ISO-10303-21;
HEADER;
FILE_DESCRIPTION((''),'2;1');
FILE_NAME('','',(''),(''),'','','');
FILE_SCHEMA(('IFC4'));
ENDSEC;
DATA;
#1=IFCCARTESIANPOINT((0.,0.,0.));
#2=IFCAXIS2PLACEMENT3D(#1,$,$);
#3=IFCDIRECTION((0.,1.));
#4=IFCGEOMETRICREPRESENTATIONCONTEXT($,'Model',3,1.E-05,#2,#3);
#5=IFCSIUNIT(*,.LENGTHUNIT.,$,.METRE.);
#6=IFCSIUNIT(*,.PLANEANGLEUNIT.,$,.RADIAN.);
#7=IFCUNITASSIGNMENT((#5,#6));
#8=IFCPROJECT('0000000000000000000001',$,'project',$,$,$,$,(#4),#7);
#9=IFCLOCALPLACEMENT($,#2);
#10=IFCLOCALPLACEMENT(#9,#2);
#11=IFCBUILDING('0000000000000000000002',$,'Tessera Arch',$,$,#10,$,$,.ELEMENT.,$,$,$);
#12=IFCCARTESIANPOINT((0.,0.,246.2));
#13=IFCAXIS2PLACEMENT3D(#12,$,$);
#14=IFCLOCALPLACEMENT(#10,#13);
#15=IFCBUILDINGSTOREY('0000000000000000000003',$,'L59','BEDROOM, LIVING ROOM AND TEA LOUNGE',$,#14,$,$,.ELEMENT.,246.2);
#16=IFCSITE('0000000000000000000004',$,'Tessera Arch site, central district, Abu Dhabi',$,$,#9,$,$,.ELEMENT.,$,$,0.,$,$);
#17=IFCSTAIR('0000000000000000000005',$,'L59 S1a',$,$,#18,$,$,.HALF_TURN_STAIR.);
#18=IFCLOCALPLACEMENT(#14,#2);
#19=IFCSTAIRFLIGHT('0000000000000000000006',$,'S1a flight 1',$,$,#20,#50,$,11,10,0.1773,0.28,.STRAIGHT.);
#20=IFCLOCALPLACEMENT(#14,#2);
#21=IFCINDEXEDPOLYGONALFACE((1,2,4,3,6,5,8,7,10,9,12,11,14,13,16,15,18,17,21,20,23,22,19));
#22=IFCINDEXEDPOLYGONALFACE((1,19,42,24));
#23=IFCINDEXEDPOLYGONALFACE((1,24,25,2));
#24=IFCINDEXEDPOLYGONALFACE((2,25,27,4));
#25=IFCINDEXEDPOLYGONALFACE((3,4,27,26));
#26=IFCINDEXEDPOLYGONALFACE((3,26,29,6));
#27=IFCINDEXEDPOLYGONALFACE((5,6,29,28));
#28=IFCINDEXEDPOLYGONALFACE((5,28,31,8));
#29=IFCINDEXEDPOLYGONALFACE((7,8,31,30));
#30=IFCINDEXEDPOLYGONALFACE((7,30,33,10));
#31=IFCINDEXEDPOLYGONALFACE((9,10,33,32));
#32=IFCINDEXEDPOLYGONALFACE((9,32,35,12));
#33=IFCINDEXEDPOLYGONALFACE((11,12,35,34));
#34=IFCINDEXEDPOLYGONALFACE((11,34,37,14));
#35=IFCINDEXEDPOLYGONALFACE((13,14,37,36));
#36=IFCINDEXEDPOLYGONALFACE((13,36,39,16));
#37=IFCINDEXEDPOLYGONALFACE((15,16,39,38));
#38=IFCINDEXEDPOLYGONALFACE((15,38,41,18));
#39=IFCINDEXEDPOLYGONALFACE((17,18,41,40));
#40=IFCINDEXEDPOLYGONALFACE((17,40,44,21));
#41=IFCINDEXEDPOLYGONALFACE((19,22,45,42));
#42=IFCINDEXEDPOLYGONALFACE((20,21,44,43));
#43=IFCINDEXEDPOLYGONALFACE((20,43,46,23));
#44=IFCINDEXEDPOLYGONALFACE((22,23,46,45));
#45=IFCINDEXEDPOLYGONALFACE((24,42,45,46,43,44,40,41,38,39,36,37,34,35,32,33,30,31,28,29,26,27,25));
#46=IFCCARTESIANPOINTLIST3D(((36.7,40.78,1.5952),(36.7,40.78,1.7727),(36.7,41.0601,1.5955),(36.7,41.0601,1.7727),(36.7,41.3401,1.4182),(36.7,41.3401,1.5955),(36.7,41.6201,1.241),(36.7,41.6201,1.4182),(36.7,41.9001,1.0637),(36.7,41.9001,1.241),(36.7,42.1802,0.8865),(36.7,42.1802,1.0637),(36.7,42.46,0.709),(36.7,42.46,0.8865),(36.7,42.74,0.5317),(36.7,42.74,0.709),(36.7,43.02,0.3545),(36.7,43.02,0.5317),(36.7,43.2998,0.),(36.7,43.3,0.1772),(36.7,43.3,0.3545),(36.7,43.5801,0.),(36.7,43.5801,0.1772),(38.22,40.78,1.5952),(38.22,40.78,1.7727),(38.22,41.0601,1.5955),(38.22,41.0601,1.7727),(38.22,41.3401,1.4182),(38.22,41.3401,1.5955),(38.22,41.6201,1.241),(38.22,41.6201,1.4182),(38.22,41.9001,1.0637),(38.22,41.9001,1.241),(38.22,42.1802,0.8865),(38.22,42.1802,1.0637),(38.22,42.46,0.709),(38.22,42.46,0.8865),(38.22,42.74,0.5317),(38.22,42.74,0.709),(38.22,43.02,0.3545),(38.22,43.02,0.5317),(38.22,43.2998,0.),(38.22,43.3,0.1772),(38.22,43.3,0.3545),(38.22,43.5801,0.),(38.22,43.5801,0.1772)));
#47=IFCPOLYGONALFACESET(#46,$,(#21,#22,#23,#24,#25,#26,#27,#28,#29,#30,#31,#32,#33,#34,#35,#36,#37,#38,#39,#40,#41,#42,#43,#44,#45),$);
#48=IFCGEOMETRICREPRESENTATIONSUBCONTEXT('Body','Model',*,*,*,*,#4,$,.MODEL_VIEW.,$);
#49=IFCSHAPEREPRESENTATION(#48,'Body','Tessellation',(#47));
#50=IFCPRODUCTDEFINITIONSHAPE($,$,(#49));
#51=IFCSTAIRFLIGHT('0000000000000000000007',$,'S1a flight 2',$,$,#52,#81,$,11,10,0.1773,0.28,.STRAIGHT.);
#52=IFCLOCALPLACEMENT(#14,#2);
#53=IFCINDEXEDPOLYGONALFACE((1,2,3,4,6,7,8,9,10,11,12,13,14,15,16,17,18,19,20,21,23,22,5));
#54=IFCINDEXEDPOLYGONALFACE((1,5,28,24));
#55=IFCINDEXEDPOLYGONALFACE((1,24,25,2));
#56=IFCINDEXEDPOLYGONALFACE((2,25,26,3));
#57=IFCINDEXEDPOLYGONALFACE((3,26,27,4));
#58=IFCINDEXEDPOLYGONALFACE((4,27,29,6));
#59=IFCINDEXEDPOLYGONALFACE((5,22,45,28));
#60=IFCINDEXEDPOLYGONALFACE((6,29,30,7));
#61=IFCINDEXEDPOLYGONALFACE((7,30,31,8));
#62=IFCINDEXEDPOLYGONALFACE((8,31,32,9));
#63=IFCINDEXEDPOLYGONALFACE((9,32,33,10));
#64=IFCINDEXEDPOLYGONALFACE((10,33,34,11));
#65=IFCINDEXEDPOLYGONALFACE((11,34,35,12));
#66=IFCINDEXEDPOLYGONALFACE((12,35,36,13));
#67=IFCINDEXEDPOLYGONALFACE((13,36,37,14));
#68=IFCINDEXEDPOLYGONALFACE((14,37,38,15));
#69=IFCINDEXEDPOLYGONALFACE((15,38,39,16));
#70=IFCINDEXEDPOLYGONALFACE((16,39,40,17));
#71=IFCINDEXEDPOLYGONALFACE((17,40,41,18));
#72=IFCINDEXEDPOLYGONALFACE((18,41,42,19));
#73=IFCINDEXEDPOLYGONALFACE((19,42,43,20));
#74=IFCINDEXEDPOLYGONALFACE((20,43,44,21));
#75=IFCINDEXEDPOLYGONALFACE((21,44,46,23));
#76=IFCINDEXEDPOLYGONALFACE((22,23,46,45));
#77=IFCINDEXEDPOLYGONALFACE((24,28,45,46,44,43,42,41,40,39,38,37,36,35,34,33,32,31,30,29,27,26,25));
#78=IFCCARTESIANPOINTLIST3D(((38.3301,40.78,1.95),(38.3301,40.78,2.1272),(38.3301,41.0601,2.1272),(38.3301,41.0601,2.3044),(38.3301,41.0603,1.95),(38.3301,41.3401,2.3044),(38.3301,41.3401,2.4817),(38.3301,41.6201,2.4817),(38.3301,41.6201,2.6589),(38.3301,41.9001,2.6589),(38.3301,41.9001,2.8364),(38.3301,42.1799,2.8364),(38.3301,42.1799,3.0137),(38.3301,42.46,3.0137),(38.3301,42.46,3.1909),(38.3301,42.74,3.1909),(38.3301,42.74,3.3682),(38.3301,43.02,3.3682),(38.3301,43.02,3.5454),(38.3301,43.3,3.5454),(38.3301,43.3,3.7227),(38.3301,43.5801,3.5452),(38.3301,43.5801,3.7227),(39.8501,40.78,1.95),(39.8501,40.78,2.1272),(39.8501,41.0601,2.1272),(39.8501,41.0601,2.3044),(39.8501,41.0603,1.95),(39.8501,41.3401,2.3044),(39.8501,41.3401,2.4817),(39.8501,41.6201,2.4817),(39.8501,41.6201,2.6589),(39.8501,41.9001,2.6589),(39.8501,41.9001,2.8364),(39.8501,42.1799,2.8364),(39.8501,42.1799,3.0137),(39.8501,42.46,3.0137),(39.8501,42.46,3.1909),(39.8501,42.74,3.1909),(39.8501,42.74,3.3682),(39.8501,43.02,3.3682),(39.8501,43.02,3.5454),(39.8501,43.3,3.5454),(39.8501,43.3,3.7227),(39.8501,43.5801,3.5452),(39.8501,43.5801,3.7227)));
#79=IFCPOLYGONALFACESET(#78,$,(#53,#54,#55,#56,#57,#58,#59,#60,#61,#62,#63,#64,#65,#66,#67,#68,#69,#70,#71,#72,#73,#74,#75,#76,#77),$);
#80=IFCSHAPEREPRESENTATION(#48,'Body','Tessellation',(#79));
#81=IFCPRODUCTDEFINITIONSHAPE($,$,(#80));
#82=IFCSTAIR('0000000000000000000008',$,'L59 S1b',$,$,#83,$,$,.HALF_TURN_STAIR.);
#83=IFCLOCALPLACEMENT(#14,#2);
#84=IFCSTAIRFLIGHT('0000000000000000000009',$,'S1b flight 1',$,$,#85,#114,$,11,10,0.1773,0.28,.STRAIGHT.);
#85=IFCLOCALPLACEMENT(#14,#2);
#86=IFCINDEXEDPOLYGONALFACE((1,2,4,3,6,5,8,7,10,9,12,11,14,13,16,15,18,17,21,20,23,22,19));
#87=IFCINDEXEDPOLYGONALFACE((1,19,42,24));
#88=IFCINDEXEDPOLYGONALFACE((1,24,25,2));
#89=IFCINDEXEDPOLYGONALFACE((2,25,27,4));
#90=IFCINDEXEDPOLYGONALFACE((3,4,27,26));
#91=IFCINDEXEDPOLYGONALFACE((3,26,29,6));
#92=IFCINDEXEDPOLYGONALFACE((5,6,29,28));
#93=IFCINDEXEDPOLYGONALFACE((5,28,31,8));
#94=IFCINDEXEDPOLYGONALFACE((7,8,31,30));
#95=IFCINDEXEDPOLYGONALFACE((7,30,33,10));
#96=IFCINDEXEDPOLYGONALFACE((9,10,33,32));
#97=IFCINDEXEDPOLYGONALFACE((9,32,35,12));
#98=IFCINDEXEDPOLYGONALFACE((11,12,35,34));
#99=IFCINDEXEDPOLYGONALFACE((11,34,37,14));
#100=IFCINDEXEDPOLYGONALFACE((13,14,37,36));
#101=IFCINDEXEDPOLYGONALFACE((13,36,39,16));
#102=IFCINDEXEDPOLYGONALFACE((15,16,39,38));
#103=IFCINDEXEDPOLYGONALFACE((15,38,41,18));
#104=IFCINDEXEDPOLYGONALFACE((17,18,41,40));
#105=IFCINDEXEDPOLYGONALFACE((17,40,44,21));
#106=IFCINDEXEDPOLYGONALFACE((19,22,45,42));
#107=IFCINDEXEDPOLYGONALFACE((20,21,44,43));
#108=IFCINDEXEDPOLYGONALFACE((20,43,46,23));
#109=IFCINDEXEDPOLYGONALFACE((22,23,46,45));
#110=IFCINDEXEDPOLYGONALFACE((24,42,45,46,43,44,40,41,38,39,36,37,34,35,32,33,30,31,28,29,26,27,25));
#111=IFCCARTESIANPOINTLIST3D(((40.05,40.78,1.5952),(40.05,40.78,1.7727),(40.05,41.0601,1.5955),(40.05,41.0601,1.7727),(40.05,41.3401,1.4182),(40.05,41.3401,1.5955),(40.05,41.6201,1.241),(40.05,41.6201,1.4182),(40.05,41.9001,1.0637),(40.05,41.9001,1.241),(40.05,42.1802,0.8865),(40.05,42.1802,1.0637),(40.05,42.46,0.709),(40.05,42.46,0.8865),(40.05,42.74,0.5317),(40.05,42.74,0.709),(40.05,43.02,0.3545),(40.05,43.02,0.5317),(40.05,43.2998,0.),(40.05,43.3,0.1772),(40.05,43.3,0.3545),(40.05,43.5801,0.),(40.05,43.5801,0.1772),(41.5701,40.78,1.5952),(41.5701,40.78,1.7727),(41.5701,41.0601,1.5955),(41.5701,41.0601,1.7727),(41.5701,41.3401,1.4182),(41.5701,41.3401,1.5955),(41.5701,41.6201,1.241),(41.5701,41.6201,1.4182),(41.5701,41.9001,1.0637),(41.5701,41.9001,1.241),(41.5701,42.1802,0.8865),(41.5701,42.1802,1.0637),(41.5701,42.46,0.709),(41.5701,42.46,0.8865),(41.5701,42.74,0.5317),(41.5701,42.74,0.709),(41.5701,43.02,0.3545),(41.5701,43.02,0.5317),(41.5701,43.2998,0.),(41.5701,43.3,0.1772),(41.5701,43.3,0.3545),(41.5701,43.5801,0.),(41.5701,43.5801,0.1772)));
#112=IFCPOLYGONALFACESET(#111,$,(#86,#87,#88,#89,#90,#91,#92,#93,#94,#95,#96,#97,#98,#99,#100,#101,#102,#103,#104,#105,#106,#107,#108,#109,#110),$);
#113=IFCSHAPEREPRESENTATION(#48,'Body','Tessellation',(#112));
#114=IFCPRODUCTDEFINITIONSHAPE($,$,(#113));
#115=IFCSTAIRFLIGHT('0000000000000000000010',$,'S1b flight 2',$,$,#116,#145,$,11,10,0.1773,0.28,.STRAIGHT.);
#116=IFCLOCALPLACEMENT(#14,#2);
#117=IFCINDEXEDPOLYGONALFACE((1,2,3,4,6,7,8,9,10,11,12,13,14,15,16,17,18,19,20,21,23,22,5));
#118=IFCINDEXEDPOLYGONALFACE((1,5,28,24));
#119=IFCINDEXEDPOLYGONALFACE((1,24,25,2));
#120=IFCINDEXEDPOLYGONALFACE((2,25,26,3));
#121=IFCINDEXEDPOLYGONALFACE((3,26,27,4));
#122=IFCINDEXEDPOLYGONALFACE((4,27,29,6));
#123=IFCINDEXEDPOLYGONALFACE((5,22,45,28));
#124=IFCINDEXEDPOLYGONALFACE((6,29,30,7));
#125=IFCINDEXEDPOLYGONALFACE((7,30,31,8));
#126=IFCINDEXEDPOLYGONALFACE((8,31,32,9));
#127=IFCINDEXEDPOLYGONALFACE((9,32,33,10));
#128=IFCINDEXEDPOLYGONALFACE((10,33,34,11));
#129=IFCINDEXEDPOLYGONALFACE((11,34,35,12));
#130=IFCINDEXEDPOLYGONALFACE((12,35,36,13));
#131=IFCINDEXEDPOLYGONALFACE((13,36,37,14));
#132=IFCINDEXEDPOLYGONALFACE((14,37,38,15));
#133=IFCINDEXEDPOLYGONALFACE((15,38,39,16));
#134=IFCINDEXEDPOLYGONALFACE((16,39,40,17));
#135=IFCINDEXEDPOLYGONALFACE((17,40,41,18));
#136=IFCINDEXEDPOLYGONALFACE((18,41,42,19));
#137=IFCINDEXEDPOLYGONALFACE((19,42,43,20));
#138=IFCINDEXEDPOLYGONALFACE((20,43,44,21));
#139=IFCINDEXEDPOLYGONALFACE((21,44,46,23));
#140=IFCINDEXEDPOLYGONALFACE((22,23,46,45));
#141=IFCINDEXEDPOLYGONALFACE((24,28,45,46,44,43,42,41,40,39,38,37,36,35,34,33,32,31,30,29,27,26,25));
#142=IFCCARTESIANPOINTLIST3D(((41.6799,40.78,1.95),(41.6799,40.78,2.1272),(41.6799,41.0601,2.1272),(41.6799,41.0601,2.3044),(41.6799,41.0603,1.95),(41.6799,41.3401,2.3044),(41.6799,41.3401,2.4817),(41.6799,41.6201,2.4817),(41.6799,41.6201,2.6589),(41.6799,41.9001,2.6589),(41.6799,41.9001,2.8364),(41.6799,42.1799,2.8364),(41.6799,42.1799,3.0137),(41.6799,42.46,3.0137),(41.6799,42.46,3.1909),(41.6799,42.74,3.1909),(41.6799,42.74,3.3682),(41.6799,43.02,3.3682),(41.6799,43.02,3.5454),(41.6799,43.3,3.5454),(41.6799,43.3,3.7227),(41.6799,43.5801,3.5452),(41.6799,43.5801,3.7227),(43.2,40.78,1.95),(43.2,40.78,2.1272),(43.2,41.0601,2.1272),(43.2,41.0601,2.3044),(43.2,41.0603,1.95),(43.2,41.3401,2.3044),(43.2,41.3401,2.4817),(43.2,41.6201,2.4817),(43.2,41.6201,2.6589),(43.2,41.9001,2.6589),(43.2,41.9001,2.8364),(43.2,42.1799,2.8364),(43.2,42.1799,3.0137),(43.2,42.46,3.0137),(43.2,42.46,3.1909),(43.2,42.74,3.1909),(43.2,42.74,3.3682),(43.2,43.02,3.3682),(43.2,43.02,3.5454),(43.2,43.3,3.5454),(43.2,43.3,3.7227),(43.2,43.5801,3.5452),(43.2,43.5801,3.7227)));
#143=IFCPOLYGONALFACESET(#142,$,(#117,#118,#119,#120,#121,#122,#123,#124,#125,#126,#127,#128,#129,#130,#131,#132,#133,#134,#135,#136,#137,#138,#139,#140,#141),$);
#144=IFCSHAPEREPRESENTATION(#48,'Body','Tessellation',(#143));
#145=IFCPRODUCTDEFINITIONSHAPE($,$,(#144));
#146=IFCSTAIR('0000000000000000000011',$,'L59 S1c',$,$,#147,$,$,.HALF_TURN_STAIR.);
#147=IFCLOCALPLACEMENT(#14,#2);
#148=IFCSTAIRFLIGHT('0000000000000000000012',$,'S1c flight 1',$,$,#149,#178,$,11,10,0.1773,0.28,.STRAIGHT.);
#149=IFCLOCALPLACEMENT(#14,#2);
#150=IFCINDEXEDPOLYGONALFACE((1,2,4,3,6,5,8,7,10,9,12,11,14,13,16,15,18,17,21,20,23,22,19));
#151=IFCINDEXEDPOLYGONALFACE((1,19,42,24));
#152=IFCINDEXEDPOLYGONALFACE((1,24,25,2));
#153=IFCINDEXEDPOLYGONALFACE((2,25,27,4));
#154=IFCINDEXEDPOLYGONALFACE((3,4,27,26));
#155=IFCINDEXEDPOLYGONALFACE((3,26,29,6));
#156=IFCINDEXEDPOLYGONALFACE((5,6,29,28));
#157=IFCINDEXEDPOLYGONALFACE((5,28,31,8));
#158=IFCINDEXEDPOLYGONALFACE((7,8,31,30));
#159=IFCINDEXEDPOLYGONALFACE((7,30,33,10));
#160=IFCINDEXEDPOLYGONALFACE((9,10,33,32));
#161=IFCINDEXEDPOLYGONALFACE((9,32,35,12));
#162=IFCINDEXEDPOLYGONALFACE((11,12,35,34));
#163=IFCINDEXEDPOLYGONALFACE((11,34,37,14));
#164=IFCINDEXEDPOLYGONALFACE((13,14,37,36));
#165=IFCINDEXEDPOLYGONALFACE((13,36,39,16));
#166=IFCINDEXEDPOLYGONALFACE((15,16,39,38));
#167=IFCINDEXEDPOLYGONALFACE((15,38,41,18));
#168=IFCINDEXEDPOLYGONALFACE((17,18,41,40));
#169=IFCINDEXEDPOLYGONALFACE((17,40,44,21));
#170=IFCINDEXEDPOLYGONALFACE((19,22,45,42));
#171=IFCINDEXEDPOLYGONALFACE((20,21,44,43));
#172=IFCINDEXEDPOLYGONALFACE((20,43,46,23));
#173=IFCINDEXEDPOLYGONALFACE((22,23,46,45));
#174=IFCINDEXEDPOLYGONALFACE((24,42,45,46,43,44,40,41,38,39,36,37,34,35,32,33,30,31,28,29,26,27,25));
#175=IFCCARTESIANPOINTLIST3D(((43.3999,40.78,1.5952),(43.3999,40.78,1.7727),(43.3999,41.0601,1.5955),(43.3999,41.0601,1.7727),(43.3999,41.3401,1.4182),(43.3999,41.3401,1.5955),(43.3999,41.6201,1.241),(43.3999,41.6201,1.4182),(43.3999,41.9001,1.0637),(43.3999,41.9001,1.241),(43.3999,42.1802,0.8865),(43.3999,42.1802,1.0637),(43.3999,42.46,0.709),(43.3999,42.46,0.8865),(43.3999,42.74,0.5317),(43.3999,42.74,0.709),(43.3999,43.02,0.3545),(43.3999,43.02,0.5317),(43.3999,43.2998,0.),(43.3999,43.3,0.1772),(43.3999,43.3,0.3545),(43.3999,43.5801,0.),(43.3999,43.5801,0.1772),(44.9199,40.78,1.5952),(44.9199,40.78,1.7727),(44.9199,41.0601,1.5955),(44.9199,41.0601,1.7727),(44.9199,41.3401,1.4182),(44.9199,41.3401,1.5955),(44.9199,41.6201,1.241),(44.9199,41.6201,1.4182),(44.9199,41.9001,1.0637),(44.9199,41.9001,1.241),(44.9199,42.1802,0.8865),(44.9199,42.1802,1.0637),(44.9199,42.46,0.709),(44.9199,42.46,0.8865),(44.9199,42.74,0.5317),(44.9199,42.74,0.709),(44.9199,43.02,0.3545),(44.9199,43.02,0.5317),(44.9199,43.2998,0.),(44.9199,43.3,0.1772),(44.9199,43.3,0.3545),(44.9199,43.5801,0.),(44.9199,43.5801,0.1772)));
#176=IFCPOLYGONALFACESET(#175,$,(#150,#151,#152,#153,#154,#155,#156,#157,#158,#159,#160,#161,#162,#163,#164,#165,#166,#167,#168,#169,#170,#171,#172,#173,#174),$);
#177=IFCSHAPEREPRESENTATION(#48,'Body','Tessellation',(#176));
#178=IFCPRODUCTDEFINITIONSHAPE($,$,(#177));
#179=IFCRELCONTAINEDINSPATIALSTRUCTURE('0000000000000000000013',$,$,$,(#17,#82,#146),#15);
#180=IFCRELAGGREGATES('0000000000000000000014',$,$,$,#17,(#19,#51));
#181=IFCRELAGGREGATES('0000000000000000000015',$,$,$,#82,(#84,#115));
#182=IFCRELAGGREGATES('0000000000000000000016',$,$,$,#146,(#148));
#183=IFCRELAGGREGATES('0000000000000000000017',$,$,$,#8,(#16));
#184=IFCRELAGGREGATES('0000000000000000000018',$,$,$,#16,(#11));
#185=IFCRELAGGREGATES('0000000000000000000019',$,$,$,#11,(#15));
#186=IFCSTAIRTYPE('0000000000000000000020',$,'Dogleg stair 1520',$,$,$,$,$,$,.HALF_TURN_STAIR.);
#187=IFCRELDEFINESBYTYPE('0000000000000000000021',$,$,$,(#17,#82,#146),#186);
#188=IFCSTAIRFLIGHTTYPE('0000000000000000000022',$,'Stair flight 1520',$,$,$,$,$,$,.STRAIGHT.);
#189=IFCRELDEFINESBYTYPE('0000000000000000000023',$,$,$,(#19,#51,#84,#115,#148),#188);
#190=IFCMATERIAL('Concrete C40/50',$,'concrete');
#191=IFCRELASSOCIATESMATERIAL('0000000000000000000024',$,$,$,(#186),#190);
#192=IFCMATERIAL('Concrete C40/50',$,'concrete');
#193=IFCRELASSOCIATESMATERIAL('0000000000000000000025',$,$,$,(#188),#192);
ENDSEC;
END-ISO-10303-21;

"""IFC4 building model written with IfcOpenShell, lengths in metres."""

from ifc_helpers import new_model, si_unit, direction, frame, origin, place, context, subcontext, project, spatial, polyline, outline, extrude, material, type_object, element, aggregate, save


model = new_model("IFC4")

# Units and contexts
model_context = context("Model", 3, precision=1e-05, world=origin(), true_north=direction((0.0, 1.0)))
body_context = subcontext(model_context, "Body", "Model", "MODEL_VIEW")
ifc_project = project(units=[si_unit("LENGTHUNIT", "METRE"), si_unit("PLANEANGLEUNIT", "RADIAN")], contexts=[model_context])

# Site, building, storey
site_placement = place(None, origin())
site = spatial("IfcSite", under=ifc_project, at=site_placement, Name="Tessera Arch site, central district, Abu Dhabi", CompositionType="ELEMENT", RefElevation=0.0)
building_placement = place(site_placement, origin())
building = spatial("IfcBuilding", under=site, at=building_placement, Name="Tessera Arch", CompositionType="ELEMENT")
storey_placement = place(building_placement, frame((0.0, 0.0, 246.2)))
storey = spatial("IfcBuildingStorey", under=building, at=storey_placement, Name="L59", Description="BEDROOM, LIVING ROOM AND TEA LOUNGE", CompositionType="ELEMENT", Elevation=246.2)

# Stairs, stair flights
ifc_material_1 = material(Name="Concrete C40/50", Category="concrete")
stair_type = type_object("IfcStairType", Name="Dogleg stair 1520", PredefinedType="HALF_TURN_STAIR", material=ifc_material_1)
stair_1_placement = place(storey_placement, origin())
stair_1 = element("IfcStair", 1, at=stair_1_placement, inside=storey, type_object=stair_type, Name="L59 S1a", PredefinedType="HALF_TURN_STAIR")
ifc_material_2 = material(Name="Concrete C40/50", Category="concrete")
stair_flight_type = type_object("IfcStairFlightType", Name="Stair flight 1520", PredefinedType="STRAIGHT", material=ifc_material_2)
stair_flight_1_placement = place(storey_placement, frame((37.46, 43.5801, 0.0), z_axis=(0.0, 0.0, 1.0), x_axis=(0.0, -1.0, 0.0)))
stair_flight_1 = element("IfcStairFlight", 2, at=stair_flight_1_placement, type_object=stair_flight_type, Name="S1a flight 1", NumberOfRisers=11, NumberOfTreads=10, PredefinedType="STRAIGHT", RiserHeight=0.1773, TreadLength=0.28, context=body_context, shape_type="SweptSolid", body=[
    extrude(outline(polyline([(0.0, 0.0), (0.0, 0.1772), (0.28, 0.1772), (0.28, 0.3545), (0.5601, 0.3545), (0.5601, 0.5317), (0.8401, 0.5317), (0.8401, 0.709), (1.1201, 0.709), (1.1201, 0.8865), (1.3999, 0.8865), (1.3999, 1.0637), (1.6799, 1.0637), (1.6799, 1.241), (1.96, 1.241), (1.96, 1.4182), (2.24, 1.4182), (2.24, 1.5955), (2.52, 1.5955), (2.52, 1.7727), (2.8, 1.7727), (2.8, 1.95), (2.8, 1.5952), (0.2803, 0.0), (0.0, 0.0)])), frame((0.0, 0.76, 0.0), z_axis=(0.0, -1.0, 0.0), x_axis=(1.0, 0.0, 0.0)), (0.0, 0.0, 1.0), 1.52),
])
stair_flight_2_placement = place(storey_placement, frame((39.0901, 40.78, 1.95), z_axis=(0.0, 0.0, 1.0), x_axis=(0.0, 1.0, 0.0)))
stair_flight_2 = element("IfcStairFlight", 3, at=stair_flight_2_placement, type_object=stair_flight_type, Name="S1a flight 2", NumberOfRisers=11, NumberOfTreads=10, PredefinedType="STRAIGHT", RiserHeight=0.1773, TreadLength=0.28, context=body_context, shape_type="SweptSolid", body=[
    extrude(outline(polyline([(0.0, 0.0), (0.0, 0.1772), (0.28, 0.1772), (0.28, 0.3545), (0.5601, 0.3545), (0.5601, 0.5317), (0.8401, 0.5317), (0.8401, 0.709), (1.1201, 0.709), (1.1201, 0.8865), (1.3999, 0.8865), (1.3999, 1.0637), (1.6799, 1.0637), (1.6799, 1.241), (1.96, 1.241), (1.96, 1.4182), (2.24, 1.4182), (2.24, 1.5955), (2.52, 1.5955), (2.52, 1.7727), (2.8, 1.7727), (2.8, 1.95), (2.8, 1.5952), (0.2803, 0.0), (0.0, 0.0)])), frame((0.0, 0.76, 0.0), z_axis=(0.0, -1.0, 0.0), x_axis=(1.0, 0.0, 0.0)), (0.0, 0.0, 1.0), 1.52),
])
aggregate(stair_1, [stair_flight_1, stair_flight_2])
stair_2_placement = place(storey_placement, origin())
stair_2 = element("IfcStair", 4, at=stair_2_placement, inside=storey, type_object=stair_type, Name="L59 S1b", PredefinedType="HALF_TURN_STAIR")
stair_flight_3_placement = place(storey_placement, frame((40.8101, 43.5801, 0.0), z_axis=(0.0, 0.0, 1.0), x_axis=(0.0, -1.0, 0.0)))
stair_flight_3 = element("IfcStairFlight", 5, at=stair_flight_3_placement, type_object=stair_flight_type, Name="S1b flight 1", NumberOfRisers=11, NumberOfTreads=10, PredefinedType="STRAIGHT", RiserHeight=0.1773, TreadLength=0.28, context=body_context, shape_type="SweptSolid", body=[
    extrude(outline(polyline([(0.0, 0.0), (0.0, 0.1772), (0.28, 0.1772), (0.28, 0.3545), (0.5601, 0.3545), (0.5601, 0.5317), (0.8401, 0.5317), (0.8401, 0.709), (1.1201, 0.709), (1.1201, 0.8865), (1.3999, 0.8865), (1.3999, 1.0637), (1.6799, 1.0637), (1.6799, 1.241), (1.96, 1.241), (1.96, 1.4182), (2.24, 1.4182), (2.24, 1.5955), (2.52, 1.5955), (2.52, 1.7727), (2.8, 1.7727), (2.8, 1.95), (2.8, 1.5952), (0.2803, 0.0), (0.0, 0.0)])), frame((0.0, 0.76, 0.0), z_axis=(0.0, -1.0, 0.0), x_axis=(1.0, 0.0, 0.0)), (0.0, 0.0, 1.0), 1.52),
])
stair_flight_4_placement = place(storey_placement, frame((42.4399, 40.78, 1.95), z_axis=(0.0, 0.0, 1.0), x_axis=(0.0, 1.0, 0.0)))
stair_flight_4 = element("IfcStairFlight", 6, at=stair_flight_4_placement, type_object=stair_flight_type, Name="S1b flight 2", NumberOfRisers=11, NumberOfTreads=10, PredefinedType="STRAIGHT", RiserHeight=0.1773, TreadLength=0.28, context=body_context, shape_type="SweptSolid", body=[
    extrude(outline(polyline([(0.0, 0.0), (0.0, 0.1772), (0.28, 0.1772), (0.28, 0.3545), (0.5601, 0.3545), (0.5601, 0.5317), (0.8401, 0.5317), (0.8401, 0.709), (1.1201, 0.709), (1.1201, 0.8865), (1.3999, 0.8865), (1.3999, 1.0637), (1.6799, 1.0637), (1.6799, 1.241), (1.96, 1.241), (1.96, 1.4182), (2.24, 1.4182), (2.24, 1.5955), (2.52, 1.5955), (2.52, 1.7727), (2.8, 1.7727), (2.8, 1.95), (2.8, 1.5952), (0.2803, 0.0), (0.0, 0.0)])), frame((0.0, 0.76, 0.0), z_axis=(0.0, -1.0, 0.0), x_axis=(1.0, 0.0, 0.0)), (0.0, 0.0, 1.0), 1.52),
])
aggregate(stair_2, [stair_flight_3, stair_flight_4])
stair_3_placement = place(storey_placement, origin())
stair_3 = element("IfcStair", 7, at=stair_3_placement, inside=storey, type_object=stair_type, Name="L59 S1c", PredefinedType="HALF_TURN_STAIR")
stair_flight_5_placement = place(storey_placement, frame((44.1599, 43.5801, 0.0), z_axis=(0.0, 0.0, 1.0), x_axis=(0.0, -1.0, 0.0)))
stair_flight_5 = element("IfcStairFlight", 8, at=stair_flight_5_placement, type_object=stair_flight_type, Name="S1c flight 1", NumberOfRisers=11, NumberOfTreads=10, PredefinedType="STRAIGHT", RiserHeight=0.1773, TreadLength=0.28, context=body_context, shape_type="SweptSolid", body=[
    extrude(outline(polyline([(0.0, 0.0), (0.0, 0.1772), (0.28, 0.1772), (0.28, 0.3545), (0.5601, 0.3545), (0.5601, 0.5317), (0.8401, 0.5317), (0.8401, 0.709), (1.1201, 0.709), (1.1201, 0.8865), (1.3999, 0.8865), (1.3999, 1.0637), (1.6799, 1.0637), (1.6799, 1.241), (1.96, 1.241), (1.96, 1.4182), (2.24, 1.4182), (2.24, 1.5955), (2.52, 1.5955), (2.52, 1.7727), (2.8, 1.7727), (2.8, 1.95), (2.8, 1.5952), (0.2803, 0.0), (0.0, 0.0)])), frame((0.0, 0.76, 0.0), z_axis=(0.0, -1.0, 0.0), x_axis=(1.0, 0.0, 0.0)), (0.0, 0.0, 1.0), 1.52),
])
aggregate(stair_3, [stair_flight_5])

save(model, "model.ifc")
